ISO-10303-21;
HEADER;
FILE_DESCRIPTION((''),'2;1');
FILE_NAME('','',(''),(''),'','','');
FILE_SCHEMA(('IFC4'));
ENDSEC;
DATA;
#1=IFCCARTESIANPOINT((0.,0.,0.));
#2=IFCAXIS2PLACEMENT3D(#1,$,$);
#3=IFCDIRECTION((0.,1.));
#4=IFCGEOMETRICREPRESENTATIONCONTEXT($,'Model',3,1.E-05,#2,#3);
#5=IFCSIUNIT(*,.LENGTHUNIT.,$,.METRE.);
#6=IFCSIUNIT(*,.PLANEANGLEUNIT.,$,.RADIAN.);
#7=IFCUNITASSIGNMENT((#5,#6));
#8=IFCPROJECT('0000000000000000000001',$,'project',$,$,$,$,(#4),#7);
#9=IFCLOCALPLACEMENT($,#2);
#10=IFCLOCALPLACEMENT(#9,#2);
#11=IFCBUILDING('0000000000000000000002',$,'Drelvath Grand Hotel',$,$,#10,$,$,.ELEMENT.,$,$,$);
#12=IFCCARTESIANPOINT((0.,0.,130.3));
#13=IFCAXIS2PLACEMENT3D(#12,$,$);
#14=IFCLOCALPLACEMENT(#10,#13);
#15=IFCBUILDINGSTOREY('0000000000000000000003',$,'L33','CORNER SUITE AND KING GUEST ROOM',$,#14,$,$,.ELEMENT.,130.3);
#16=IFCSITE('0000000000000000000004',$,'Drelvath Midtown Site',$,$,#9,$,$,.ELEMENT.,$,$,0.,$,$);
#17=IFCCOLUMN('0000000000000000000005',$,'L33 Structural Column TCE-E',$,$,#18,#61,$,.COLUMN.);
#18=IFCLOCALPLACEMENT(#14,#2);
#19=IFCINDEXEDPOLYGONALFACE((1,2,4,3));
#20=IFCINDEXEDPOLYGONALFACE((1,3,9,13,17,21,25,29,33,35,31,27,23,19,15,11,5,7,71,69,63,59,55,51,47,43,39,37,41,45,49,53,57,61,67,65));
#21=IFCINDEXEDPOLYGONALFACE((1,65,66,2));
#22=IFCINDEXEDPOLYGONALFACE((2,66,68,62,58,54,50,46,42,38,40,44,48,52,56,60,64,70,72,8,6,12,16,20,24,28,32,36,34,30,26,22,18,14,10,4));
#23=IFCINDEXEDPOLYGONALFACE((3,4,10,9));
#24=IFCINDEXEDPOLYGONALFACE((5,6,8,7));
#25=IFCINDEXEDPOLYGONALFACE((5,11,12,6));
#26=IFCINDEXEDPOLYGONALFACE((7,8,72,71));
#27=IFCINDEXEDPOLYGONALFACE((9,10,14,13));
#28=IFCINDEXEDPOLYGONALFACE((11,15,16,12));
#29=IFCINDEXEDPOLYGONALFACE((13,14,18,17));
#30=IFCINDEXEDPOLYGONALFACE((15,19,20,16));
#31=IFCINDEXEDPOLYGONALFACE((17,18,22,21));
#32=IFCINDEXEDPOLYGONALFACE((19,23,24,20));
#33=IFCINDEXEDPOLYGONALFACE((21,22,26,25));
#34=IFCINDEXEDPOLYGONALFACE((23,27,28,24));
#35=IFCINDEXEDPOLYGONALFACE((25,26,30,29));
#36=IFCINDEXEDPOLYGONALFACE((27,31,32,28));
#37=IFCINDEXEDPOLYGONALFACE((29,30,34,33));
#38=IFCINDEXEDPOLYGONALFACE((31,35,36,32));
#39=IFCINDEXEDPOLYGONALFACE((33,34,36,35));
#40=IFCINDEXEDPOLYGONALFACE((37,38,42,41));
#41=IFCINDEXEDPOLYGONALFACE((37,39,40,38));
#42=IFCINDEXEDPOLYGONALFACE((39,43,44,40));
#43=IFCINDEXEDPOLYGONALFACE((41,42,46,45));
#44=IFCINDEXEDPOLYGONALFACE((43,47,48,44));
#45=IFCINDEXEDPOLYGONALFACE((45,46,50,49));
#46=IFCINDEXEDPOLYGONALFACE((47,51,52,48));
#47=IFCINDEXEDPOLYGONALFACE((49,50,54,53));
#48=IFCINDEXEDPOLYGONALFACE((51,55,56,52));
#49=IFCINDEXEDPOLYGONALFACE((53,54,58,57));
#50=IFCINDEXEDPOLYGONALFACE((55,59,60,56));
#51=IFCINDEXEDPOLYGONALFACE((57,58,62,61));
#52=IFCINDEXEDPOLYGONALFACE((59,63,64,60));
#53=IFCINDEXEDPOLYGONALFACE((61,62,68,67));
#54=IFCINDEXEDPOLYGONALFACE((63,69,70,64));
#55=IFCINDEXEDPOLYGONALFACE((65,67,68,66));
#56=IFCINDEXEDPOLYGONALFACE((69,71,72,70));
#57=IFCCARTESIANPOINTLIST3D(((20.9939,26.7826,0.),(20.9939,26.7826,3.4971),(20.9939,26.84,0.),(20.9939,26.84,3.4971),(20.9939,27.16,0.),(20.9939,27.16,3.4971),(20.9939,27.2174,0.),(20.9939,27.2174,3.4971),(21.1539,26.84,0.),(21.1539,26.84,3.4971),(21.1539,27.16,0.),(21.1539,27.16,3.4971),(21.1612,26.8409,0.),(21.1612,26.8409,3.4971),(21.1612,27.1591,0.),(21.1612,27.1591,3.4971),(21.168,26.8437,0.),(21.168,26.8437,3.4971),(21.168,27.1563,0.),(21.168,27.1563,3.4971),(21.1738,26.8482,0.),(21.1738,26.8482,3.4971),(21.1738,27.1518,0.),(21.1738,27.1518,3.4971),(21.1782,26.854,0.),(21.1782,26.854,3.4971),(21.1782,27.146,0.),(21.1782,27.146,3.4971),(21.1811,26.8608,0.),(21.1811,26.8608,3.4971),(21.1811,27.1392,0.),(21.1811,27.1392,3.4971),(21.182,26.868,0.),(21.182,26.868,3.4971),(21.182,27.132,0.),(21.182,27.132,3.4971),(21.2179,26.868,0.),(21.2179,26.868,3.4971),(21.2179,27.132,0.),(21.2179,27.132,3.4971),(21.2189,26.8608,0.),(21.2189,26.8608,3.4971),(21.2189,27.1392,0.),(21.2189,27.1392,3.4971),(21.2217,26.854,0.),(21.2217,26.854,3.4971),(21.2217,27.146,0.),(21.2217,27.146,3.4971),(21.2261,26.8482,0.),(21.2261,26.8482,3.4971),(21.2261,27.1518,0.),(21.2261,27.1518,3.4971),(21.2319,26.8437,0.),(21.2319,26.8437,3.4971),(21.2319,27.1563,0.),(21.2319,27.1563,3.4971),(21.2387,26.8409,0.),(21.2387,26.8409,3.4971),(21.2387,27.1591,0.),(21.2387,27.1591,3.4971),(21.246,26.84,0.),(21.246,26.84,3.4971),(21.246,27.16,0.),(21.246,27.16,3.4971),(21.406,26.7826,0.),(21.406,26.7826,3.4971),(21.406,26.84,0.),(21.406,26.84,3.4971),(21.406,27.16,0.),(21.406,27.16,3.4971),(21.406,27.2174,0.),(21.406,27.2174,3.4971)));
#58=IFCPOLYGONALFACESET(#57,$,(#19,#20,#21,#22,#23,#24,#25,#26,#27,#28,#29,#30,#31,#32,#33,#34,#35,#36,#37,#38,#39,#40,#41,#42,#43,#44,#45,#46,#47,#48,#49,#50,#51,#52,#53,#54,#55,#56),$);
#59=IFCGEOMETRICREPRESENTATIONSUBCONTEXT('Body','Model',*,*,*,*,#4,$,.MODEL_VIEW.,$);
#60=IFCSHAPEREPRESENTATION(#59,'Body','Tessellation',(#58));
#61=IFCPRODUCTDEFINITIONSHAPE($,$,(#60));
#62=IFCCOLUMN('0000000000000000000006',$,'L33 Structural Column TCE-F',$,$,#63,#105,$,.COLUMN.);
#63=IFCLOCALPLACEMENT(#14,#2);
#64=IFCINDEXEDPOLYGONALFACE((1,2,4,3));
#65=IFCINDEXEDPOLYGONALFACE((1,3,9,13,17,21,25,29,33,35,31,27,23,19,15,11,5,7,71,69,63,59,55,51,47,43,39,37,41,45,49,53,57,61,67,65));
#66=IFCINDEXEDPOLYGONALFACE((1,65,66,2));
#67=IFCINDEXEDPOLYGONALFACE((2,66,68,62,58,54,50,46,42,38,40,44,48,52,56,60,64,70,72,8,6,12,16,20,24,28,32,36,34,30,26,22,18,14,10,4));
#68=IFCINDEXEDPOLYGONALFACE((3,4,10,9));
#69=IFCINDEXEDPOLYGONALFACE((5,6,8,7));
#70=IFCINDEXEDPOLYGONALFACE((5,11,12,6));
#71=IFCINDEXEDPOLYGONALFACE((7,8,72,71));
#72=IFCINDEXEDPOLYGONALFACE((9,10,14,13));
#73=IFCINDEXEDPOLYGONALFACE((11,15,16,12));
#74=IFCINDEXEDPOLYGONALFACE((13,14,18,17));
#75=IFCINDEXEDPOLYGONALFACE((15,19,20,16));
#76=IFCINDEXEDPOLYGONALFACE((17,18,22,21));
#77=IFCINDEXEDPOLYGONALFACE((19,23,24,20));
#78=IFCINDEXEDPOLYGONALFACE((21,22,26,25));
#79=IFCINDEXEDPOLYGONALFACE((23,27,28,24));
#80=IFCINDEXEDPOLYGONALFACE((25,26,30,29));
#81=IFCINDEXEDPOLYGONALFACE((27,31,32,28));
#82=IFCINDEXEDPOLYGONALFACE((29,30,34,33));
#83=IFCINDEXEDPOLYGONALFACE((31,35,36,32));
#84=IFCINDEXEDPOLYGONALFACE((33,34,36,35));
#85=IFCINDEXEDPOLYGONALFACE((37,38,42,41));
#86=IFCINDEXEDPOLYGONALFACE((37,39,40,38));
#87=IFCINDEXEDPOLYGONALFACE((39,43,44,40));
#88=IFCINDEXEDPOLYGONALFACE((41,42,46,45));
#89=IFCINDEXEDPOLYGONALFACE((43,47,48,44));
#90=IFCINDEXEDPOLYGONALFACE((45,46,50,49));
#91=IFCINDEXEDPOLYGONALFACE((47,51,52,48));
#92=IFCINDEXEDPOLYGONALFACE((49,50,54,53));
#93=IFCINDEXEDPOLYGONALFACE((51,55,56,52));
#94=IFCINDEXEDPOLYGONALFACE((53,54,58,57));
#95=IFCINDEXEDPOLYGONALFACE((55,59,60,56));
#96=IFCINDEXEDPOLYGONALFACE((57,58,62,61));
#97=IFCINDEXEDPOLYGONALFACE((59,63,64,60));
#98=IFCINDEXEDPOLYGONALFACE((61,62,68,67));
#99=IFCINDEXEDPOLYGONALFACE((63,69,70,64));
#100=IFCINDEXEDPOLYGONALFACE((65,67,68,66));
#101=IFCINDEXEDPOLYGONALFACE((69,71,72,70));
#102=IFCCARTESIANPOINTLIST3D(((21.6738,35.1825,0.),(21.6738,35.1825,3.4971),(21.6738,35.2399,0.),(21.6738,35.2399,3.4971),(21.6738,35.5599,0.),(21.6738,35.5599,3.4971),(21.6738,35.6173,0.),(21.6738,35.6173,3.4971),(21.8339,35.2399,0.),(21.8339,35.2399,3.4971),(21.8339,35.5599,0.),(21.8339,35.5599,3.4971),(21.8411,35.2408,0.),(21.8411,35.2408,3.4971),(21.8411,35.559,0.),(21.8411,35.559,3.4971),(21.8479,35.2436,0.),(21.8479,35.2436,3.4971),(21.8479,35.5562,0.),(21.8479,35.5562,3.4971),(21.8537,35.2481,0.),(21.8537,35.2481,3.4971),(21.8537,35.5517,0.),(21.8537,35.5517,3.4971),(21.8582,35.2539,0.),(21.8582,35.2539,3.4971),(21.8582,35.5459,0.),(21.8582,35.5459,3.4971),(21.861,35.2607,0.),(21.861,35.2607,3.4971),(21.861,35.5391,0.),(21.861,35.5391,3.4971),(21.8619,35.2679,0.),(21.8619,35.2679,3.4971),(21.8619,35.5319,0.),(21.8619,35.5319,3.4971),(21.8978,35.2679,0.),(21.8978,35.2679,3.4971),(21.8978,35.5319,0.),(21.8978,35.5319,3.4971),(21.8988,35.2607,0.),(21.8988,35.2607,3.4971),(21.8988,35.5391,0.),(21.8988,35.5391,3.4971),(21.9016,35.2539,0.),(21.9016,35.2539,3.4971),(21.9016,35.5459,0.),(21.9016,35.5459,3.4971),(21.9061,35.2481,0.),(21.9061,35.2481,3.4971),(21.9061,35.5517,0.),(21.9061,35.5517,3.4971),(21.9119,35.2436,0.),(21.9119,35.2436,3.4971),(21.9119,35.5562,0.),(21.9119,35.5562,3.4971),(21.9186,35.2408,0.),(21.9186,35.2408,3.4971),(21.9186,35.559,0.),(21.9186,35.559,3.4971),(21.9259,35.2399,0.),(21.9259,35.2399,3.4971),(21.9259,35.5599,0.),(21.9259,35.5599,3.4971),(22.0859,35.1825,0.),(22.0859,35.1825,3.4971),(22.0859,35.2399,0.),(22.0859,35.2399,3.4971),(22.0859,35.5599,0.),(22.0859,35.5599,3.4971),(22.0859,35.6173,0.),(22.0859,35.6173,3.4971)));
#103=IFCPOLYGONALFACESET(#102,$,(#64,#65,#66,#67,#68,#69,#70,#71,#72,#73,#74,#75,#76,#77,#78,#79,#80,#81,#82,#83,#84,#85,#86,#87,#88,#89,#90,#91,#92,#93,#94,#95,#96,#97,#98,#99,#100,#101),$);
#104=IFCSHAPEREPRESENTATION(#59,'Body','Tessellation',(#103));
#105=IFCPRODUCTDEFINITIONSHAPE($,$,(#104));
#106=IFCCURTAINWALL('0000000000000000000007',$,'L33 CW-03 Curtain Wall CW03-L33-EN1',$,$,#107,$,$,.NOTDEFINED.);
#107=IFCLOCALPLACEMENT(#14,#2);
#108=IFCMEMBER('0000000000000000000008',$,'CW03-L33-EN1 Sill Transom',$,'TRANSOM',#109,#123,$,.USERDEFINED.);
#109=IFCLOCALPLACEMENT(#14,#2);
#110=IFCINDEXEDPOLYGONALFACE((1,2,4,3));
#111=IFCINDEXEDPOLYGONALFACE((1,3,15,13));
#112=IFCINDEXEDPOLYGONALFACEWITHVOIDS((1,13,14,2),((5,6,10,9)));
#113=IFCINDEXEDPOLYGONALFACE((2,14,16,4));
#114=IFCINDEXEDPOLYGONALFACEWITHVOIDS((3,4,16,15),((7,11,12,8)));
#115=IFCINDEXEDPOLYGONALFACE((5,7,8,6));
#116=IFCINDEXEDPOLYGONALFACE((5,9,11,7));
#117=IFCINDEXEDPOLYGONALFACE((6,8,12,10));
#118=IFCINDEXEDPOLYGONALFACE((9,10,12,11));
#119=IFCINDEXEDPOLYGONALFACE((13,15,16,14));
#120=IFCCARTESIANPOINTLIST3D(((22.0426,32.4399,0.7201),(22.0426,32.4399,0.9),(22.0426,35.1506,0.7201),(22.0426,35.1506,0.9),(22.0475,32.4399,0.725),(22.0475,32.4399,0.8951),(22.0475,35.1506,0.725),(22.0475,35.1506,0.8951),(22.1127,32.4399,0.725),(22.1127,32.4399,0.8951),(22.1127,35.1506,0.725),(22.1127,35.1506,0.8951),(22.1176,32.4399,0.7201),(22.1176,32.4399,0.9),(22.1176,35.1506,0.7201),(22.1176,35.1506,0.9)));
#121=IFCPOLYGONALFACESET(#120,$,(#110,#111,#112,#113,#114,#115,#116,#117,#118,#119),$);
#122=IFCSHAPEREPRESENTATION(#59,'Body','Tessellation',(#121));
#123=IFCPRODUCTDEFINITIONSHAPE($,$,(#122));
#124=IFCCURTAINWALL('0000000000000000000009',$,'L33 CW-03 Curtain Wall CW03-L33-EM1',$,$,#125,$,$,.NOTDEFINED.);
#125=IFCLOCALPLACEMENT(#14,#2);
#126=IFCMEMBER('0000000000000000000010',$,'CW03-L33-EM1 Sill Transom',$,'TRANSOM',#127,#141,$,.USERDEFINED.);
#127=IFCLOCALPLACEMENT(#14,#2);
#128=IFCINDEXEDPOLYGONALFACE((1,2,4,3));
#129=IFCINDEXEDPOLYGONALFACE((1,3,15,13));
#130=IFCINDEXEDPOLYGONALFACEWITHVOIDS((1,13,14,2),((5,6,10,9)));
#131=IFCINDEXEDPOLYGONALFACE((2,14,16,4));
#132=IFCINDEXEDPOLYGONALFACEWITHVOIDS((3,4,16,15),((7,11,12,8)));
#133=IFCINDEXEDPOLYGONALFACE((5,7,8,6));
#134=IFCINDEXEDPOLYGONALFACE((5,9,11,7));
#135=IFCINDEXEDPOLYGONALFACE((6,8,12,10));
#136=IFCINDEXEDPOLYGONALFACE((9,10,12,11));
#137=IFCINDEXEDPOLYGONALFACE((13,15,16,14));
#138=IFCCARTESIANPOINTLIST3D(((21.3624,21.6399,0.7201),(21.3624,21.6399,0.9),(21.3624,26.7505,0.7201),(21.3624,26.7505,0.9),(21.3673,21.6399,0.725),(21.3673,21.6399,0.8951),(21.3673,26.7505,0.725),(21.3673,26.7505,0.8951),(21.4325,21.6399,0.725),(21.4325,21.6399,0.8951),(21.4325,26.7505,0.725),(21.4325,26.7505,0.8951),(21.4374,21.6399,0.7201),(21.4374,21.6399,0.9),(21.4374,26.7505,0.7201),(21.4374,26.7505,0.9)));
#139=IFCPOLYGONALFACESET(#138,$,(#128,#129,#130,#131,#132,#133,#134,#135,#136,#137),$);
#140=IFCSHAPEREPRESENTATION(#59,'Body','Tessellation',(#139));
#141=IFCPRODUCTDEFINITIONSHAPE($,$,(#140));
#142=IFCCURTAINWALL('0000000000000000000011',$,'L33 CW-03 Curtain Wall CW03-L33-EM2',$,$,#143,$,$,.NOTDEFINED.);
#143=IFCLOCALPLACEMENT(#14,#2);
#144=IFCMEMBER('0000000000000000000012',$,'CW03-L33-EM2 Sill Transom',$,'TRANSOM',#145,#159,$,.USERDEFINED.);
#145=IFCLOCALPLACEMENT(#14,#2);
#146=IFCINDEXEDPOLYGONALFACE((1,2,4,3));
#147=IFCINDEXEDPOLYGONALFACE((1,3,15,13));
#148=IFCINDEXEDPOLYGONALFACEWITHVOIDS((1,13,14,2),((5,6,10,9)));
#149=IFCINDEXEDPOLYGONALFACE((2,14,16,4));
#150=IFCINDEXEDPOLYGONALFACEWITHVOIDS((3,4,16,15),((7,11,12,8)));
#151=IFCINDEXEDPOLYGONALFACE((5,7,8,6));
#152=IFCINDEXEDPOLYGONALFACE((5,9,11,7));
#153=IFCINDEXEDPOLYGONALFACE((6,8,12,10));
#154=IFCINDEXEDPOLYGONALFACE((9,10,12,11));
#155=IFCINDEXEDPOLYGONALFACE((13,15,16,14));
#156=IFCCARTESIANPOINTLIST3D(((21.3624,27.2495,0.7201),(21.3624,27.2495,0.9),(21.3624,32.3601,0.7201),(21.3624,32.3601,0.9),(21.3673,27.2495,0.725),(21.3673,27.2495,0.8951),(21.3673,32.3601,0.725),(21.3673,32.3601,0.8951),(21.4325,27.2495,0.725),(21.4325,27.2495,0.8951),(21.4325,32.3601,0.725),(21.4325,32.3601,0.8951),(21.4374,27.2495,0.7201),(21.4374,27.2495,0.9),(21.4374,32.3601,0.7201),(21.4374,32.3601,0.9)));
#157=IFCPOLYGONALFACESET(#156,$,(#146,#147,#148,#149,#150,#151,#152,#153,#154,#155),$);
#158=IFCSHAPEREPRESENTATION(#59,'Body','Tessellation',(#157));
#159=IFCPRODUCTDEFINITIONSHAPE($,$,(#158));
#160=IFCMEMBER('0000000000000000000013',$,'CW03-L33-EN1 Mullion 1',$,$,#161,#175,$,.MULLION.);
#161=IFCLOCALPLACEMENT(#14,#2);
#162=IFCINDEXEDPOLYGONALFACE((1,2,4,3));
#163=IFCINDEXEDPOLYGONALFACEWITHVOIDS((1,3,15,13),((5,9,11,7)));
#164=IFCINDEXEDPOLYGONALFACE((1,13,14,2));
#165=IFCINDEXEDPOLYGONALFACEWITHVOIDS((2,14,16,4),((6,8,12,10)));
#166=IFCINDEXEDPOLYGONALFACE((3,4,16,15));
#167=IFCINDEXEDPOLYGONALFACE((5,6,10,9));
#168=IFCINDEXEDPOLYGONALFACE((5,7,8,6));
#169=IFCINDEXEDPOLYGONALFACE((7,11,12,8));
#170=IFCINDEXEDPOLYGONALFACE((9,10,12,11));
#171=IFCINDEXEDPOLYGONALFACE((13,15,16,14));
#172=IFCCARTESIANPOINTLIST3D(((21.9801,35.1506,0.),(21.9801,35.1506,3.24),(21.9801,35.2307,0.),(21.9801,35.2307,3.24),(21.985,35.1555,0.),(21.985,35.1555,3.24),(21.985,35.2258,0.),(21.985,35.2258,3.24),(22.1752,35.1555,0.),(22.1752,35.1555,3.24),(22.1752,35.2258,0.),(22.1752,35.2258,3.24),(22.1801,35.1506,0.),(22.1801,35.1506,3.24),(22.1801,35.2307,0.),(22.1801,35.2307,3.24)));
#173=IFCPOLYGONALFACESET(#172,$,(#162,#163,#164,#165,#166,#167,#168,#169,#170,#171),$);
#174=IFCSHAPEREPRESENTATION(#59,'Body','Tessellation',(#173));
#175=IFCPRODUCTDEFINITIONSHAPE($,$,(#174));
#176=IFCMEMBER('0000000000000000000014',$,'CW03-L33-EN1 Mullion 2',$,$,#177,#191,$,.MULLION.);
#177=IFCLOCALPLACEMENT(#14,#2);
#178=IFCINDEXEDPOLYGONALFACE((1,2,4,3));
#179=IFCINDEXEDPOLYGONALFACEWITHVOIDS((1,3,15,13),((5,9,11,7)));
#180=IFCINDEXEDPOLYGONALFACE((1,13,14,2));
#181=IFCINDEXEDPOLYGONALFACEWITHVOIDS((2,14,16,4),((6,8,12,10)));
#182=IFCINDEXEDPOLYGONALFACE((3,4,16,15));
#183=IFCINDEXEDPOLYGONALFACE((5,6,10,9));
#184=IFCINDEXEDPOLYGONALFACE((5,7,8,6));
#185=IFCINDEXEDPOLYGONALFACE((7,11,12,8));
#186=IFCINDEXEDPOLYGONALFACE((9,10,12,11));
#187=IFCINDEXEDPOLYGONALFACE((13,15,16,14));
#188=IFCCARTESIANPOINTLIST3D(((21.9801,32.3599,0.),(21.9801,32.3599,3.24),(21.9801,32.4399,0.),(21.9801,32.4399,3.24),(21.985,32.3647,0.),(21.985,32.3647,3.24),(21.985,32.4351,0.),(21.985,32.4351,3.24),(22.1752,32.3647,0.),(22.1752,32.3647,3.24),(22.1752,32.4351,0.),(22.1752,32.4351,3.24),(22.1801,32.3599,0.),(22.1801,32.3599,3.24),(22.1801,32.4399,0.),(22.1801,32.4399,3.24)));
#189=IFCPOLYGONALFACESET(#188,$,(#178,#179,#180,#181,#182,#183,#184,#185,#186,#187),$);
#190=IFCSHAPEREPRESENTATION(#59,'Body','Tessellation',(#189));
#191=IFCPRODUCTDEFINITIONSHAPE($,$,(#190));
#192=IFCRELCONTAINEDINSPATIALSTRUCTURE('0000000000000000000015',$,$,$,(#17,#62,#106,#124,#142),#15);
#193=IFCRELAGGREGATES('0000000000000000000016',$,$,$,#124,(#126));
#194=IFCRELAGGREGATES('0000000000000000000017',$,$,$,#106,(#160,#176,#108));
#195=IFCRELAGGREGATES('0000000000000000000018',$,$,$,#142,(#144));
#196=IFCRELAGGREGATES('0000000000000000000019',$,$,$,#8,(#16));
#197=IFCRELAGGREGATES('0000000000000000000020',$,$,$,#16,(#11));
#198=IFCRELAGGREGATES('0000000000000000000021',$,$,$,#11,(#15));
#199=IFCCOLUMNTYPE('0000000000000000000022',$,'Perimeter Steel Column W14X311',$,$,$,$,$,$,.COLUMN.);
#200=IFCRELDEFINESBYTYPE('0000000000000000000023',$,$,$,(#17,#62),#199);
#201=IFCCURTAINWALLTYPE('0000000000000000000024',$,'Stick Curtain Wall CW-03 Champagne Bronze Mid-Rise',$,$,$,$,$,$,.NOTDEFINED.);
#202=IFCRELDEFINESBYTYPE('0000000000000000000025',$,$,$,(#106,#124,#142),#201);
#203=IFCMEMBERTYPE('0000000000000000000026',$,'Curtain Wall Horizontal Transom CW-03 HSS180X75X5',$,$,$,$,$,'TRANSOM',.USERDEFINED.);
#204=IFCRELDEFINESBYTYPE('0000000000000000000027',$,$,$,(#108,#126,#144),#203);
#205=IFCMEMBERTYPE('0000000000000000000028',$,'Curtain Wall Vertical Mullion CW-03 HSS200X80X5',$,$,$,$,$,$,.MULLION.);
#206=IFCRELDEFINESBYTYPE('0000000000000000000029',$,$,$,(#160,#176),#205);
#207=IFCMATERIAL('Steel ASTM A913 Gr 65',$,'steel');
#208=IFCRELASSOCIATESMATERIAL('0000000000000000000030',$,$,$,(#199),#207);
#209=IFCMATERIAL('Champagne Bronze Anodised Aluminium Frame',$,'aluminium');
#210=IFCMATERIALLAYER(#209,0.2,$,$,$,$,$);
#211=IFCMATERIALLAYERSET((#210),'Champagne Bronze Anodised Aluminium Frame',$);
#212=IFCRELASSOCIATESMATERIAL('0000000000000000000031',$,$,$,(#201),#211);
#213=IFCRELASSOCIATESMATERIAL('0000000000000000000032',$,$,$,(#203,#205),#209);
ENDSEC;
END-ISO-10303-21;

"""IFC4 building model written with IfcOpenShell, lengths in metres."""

from ifc_helpers import new_model, si_unit, direction, frame, origin, origin_2d, place, context, subcontext, project, spatial, hollow_rectangle, i_section, extrude, material, layer, layer_set, material_profile, profile_set, type_object, element, aggregate, save


model = new_model("IFC4")

# Units and contexts
model_context = context("Model", 3, precision=1e-05, world=origin(), true_north=direction((0.0, 1.0)))
body_context = subcontext(model_context, "Body", "Model", "MODEL_VIEW")
ifc_project = project(units=[si_unit("LENGTHUNIT", "METRE"), si_unit("PLANEANGLEUNIT", "RADIAN")], contexts=[model_context])

# Site, building, storey
site_placement = place(None, origin())
site = spatial("IfcSite", under=ifc_project, at=site_placement, Name="Drelvath Midtown Site", CompositionType="ELEMENT", RefElevation=0.0)
building_placement = place(site_placement, origin())
building = spatial("IfcBuilding", under=site, at=building_placement, Name="Drelvath Grand Hotel", CompositionType="ELEMENT")
storey_placement = place(building_placement, frame((0.0, 0.0, 130.3)))
storey = spatial("IfcBuildingStorey", under=building, at=storey_placement, Name="L33", Description="CORNER SUITE AND KING GUEST ROOM", CompositionType="ELEMENT", Elevation=130.3)

# Columns
ifc_material_1 = material(Name="Steel ASTM A913 Gr 65", Category="steel")
ifc_material_profile_1 = material_profile(ifc_material_1, i_section(OverallWidth=0.4121, OverallDepth=0.4348, WebThickness=0.0359, FlangeThickness=0.0574, FilletRadius=0.0281, at=origin_2d()), Name="W14X311")
ifc_profile_set_1 = profile_set([ifc_material_profile_1], Name="Steel ASTM A913 Gr 65")
column_type = type_object("IfcColumnType", Name="Perimeter Steel Column W14X311", PredefinedType="COLUMN", material=ifc_profile_set_1)
for number, where, z_axis, x_axis, name in (
    (1, (21.2, 27.0, 0.0), (0.0, 0.0, 1.0), (1.0, 0.0, 0.0), "L33 Structural Column TCE-E"),
    (2, (21.8799, 35.3999, 0.0), (0.0, 0.0, 1.0), (1.0, 0.0, 0.0), "L33 Structural Column TCE-F"),
):
    element("IfcColumn", number, at=place(storey_placement, frame(where, z_axis=z_axis, x_axis=x_axis)), inside=storey, type_object=column_type, Name=name, PredefinedType="COLUMN", context=body_context, shape_type="SweptSolid", body=[
        extrude(i_section(OverallWidth=0.4121, OverallDepth=0.4348, WebThickness=0.0359, FlangeThickness=0.0574, FilletRadius=0.0281, at=origin_2d()), origin(), (0.0, 0.0, 1.0), 3.4971),
    ])

# Curtain walls, members
ifc_material_2 = material(Name="Champagne Bronze Anodised Aluminium Frame", Category="aluminium")
ifc_layer_1 = layer(ifc_material_2, 0.2)
ifc_layer_set_1 = layer_set([ifc_layer_1], Name="Champagne Bronze Anodised Aluminium Frame")
curtain_wall_type = type_object("IfcCurtainWallType", Name="Stick Curtain Wall CW-03 Champagne Bronze Mid-Rise", PredefinedType="NOTDEFINED", material=ifc_layer_set_1)
curtain_wall_1_placement = place(storey_placement, origin())
curtain_wall_1 = element("IfcCurtainWall", 3, at=curtain_wall_1_placement, inside=storey, type_object=curtain_wall_type, Name="L33 CW-03 Curtain Wall CW03-L33-EN1", PredefinedType="NOTDEFINED")
ifc_material_profile_2 = material_profile(ifc_material_2, hollow_rectangle(XDim=0.075, YDim=0.1799, WallThickness=0.0049, at=origin_2d()), Name="HSS180X75X5")
ifc_profile_set_2 = profile_set([ifc_material_profile_2], Name="Champagne Bronze Anodised Aluminium Frame")
member_type_1 = type_object("IfcMemberType", Name="Curtain Wall Horizontal Transom CW-03 HSS180X75X5", ElementType="TRANSOM", PredefinedType="USERDEFINED", material=ifc_profile_set_2)
member_1_placement = place(storey_placement, frame((22.0801, 35.1506, 0.8101), z_axis=(0.0, -1.0, 0.0), x_axis=(1.0, 0.0, 0.0)))
member_1 = element("IfcMember", 4, at=member_1_placement, type_object=member_type_1, Name="CW03-L33-EN1 Sill Transom", ObjectType="TRANSOM", PredefinedType="USERDEFINED", context=body_context, shape_type="SweptSolid", body=[
    extrude(hollow_rectangle(XDim=0.075, YDim=0.1799, WallThickness=0.0049, at=origin_2d()), origin(), (0.0, 0.0, 1.0), 2.7107),
])
curtain_wall_2_placement = place(storey_placement, origin())
curtain_wall_2 = element("IfcCurtainWall", 5, at=curtain_wall_2_placement, inside=storey, type_object=curtain_wall_type, Name="L33 CW-03 Curtain Wall CW03-L33-EM1", PredefinedType="NOTDEFINED")
member_2_placement = place(storey_placement, frame((21.3999, 26.7505, 0.8101), z_axis=(0.0, -1.0, 0.0), x_axis=(1.0, 0.0, 0.0)))
member_2 = element("IfcMember", 6, at=member_2_placement, type_object=member_type_1, Name="CW03-L33-EM1 Sill Transom", ObjectType="TRANSOM", PredefinedType="USERDEFINED", context=body_context, shape_type="SweptSolid", body=[
    extrude(hollow_rectangle(XDim=0.075, YDim=0.1799, WallThickness=0.0049, at=origin_2d()), origin(), (0.0, 0.0, 1.0), 5.1106),
])
curtain_wall_3_placement = place(storey_placement, origin())
curtain_wall_3 = element("IfcCurtainWall", 7, at=curtain_wall_3_placement, inside=storey, type_object=curtain_wall_type, Name="L33 CW-03 Curtain Wall CW03-L33-EM2", PredefinedType="NOTDEFINED")
member_3_placement = place(storey_placement, frame((21.3999, 32.3601, 0.8101), z_axis=(0.0, -1.0, 0.0), x_axis=(1.0, 0.0, 0.0)))
member_3 = element("IfcMember", 8, at=member_3_placement, type_object=member_type_1, Name="CW03-L33-EM2 Sill Transom", ObjectType="TRANSOM", PredefinedType="USERDEFINED", context=body_context, shape_type="SweptSolid", body=[
    extrude(hollow_rectangle(XDim=0.075, YDim=0.1799, WallThickness=0.0049, at=origin_2d()), origin(), (0.0, 0.0, 1.0), 5.1106),
])

# Members
ifc_material_profile_3 = material_profile(ifc_material_2, hollow_rectangle(XDim=0.0801, YDim=0.2, WallThickness=0.0049, at=origin_2d()), Name="HSS200X80X5")
ifc_profile_set_3 = profile_set([ifc_material_profile_3], Name="Champagne Bronze Anodised Aluminium Frame")
member_type_2 = type_object("IfcMemberType", Name="Curtain Wall Vertical Mullion CW-03 HSS200X80X5", PredefinedType="MULLION", material=ifc_profile_set_3)
member_4_placement = place(storey_placement, frame((22.0801, 35.1907, 0.0), z_axis=(0.0, 0.0, 1.0), x_axis=(0.0, 1.0, 0.0)))
member_4 = element("IfcMember", 9, at=member_4_placement, type_object=member_type_2, Name="CW03-L33-EN1 Mullion 1", PredefinedType="MULLION", context=body_context, shape_type="SweptSolid", body=[
    extrude(hollow_rectangle(XDim=0.0801, YDim=0.2, WallThickness=0.0049, at=origin_2d()), origin(), (0.0, 0.0, 1.0), 3.24),
])
member_5_placement = place(storey_placement, frame((22.0801, 32.3999, 0.0), z_axis=(0.0, 0.0, 1.0), x_axis=(0.0, 1.0, 0.0)))
member_5 = element("IfcMember", 10, at=member_5_placement, type_object=member_type_2, Name="CW03-L33-EN1 Mullion 2", PredefinedType="MULLION", context=body_context, shape_type="SweptSolid", body=[
    extrude(hollow_rectangle(XDim=0.0801, YDim=0.2, WallThickness=0.0049, at=origin_2d()), origin(), (0.0, 0.0, 1.0), 3.24),
])

aggregate(curtain_wall_2, [member_2])

aggregate(curtain_wall_1, [member_4, member_5, member_1])
aggregate(curtain_wall_3, [member_3])

save(model, "model.ifc")
